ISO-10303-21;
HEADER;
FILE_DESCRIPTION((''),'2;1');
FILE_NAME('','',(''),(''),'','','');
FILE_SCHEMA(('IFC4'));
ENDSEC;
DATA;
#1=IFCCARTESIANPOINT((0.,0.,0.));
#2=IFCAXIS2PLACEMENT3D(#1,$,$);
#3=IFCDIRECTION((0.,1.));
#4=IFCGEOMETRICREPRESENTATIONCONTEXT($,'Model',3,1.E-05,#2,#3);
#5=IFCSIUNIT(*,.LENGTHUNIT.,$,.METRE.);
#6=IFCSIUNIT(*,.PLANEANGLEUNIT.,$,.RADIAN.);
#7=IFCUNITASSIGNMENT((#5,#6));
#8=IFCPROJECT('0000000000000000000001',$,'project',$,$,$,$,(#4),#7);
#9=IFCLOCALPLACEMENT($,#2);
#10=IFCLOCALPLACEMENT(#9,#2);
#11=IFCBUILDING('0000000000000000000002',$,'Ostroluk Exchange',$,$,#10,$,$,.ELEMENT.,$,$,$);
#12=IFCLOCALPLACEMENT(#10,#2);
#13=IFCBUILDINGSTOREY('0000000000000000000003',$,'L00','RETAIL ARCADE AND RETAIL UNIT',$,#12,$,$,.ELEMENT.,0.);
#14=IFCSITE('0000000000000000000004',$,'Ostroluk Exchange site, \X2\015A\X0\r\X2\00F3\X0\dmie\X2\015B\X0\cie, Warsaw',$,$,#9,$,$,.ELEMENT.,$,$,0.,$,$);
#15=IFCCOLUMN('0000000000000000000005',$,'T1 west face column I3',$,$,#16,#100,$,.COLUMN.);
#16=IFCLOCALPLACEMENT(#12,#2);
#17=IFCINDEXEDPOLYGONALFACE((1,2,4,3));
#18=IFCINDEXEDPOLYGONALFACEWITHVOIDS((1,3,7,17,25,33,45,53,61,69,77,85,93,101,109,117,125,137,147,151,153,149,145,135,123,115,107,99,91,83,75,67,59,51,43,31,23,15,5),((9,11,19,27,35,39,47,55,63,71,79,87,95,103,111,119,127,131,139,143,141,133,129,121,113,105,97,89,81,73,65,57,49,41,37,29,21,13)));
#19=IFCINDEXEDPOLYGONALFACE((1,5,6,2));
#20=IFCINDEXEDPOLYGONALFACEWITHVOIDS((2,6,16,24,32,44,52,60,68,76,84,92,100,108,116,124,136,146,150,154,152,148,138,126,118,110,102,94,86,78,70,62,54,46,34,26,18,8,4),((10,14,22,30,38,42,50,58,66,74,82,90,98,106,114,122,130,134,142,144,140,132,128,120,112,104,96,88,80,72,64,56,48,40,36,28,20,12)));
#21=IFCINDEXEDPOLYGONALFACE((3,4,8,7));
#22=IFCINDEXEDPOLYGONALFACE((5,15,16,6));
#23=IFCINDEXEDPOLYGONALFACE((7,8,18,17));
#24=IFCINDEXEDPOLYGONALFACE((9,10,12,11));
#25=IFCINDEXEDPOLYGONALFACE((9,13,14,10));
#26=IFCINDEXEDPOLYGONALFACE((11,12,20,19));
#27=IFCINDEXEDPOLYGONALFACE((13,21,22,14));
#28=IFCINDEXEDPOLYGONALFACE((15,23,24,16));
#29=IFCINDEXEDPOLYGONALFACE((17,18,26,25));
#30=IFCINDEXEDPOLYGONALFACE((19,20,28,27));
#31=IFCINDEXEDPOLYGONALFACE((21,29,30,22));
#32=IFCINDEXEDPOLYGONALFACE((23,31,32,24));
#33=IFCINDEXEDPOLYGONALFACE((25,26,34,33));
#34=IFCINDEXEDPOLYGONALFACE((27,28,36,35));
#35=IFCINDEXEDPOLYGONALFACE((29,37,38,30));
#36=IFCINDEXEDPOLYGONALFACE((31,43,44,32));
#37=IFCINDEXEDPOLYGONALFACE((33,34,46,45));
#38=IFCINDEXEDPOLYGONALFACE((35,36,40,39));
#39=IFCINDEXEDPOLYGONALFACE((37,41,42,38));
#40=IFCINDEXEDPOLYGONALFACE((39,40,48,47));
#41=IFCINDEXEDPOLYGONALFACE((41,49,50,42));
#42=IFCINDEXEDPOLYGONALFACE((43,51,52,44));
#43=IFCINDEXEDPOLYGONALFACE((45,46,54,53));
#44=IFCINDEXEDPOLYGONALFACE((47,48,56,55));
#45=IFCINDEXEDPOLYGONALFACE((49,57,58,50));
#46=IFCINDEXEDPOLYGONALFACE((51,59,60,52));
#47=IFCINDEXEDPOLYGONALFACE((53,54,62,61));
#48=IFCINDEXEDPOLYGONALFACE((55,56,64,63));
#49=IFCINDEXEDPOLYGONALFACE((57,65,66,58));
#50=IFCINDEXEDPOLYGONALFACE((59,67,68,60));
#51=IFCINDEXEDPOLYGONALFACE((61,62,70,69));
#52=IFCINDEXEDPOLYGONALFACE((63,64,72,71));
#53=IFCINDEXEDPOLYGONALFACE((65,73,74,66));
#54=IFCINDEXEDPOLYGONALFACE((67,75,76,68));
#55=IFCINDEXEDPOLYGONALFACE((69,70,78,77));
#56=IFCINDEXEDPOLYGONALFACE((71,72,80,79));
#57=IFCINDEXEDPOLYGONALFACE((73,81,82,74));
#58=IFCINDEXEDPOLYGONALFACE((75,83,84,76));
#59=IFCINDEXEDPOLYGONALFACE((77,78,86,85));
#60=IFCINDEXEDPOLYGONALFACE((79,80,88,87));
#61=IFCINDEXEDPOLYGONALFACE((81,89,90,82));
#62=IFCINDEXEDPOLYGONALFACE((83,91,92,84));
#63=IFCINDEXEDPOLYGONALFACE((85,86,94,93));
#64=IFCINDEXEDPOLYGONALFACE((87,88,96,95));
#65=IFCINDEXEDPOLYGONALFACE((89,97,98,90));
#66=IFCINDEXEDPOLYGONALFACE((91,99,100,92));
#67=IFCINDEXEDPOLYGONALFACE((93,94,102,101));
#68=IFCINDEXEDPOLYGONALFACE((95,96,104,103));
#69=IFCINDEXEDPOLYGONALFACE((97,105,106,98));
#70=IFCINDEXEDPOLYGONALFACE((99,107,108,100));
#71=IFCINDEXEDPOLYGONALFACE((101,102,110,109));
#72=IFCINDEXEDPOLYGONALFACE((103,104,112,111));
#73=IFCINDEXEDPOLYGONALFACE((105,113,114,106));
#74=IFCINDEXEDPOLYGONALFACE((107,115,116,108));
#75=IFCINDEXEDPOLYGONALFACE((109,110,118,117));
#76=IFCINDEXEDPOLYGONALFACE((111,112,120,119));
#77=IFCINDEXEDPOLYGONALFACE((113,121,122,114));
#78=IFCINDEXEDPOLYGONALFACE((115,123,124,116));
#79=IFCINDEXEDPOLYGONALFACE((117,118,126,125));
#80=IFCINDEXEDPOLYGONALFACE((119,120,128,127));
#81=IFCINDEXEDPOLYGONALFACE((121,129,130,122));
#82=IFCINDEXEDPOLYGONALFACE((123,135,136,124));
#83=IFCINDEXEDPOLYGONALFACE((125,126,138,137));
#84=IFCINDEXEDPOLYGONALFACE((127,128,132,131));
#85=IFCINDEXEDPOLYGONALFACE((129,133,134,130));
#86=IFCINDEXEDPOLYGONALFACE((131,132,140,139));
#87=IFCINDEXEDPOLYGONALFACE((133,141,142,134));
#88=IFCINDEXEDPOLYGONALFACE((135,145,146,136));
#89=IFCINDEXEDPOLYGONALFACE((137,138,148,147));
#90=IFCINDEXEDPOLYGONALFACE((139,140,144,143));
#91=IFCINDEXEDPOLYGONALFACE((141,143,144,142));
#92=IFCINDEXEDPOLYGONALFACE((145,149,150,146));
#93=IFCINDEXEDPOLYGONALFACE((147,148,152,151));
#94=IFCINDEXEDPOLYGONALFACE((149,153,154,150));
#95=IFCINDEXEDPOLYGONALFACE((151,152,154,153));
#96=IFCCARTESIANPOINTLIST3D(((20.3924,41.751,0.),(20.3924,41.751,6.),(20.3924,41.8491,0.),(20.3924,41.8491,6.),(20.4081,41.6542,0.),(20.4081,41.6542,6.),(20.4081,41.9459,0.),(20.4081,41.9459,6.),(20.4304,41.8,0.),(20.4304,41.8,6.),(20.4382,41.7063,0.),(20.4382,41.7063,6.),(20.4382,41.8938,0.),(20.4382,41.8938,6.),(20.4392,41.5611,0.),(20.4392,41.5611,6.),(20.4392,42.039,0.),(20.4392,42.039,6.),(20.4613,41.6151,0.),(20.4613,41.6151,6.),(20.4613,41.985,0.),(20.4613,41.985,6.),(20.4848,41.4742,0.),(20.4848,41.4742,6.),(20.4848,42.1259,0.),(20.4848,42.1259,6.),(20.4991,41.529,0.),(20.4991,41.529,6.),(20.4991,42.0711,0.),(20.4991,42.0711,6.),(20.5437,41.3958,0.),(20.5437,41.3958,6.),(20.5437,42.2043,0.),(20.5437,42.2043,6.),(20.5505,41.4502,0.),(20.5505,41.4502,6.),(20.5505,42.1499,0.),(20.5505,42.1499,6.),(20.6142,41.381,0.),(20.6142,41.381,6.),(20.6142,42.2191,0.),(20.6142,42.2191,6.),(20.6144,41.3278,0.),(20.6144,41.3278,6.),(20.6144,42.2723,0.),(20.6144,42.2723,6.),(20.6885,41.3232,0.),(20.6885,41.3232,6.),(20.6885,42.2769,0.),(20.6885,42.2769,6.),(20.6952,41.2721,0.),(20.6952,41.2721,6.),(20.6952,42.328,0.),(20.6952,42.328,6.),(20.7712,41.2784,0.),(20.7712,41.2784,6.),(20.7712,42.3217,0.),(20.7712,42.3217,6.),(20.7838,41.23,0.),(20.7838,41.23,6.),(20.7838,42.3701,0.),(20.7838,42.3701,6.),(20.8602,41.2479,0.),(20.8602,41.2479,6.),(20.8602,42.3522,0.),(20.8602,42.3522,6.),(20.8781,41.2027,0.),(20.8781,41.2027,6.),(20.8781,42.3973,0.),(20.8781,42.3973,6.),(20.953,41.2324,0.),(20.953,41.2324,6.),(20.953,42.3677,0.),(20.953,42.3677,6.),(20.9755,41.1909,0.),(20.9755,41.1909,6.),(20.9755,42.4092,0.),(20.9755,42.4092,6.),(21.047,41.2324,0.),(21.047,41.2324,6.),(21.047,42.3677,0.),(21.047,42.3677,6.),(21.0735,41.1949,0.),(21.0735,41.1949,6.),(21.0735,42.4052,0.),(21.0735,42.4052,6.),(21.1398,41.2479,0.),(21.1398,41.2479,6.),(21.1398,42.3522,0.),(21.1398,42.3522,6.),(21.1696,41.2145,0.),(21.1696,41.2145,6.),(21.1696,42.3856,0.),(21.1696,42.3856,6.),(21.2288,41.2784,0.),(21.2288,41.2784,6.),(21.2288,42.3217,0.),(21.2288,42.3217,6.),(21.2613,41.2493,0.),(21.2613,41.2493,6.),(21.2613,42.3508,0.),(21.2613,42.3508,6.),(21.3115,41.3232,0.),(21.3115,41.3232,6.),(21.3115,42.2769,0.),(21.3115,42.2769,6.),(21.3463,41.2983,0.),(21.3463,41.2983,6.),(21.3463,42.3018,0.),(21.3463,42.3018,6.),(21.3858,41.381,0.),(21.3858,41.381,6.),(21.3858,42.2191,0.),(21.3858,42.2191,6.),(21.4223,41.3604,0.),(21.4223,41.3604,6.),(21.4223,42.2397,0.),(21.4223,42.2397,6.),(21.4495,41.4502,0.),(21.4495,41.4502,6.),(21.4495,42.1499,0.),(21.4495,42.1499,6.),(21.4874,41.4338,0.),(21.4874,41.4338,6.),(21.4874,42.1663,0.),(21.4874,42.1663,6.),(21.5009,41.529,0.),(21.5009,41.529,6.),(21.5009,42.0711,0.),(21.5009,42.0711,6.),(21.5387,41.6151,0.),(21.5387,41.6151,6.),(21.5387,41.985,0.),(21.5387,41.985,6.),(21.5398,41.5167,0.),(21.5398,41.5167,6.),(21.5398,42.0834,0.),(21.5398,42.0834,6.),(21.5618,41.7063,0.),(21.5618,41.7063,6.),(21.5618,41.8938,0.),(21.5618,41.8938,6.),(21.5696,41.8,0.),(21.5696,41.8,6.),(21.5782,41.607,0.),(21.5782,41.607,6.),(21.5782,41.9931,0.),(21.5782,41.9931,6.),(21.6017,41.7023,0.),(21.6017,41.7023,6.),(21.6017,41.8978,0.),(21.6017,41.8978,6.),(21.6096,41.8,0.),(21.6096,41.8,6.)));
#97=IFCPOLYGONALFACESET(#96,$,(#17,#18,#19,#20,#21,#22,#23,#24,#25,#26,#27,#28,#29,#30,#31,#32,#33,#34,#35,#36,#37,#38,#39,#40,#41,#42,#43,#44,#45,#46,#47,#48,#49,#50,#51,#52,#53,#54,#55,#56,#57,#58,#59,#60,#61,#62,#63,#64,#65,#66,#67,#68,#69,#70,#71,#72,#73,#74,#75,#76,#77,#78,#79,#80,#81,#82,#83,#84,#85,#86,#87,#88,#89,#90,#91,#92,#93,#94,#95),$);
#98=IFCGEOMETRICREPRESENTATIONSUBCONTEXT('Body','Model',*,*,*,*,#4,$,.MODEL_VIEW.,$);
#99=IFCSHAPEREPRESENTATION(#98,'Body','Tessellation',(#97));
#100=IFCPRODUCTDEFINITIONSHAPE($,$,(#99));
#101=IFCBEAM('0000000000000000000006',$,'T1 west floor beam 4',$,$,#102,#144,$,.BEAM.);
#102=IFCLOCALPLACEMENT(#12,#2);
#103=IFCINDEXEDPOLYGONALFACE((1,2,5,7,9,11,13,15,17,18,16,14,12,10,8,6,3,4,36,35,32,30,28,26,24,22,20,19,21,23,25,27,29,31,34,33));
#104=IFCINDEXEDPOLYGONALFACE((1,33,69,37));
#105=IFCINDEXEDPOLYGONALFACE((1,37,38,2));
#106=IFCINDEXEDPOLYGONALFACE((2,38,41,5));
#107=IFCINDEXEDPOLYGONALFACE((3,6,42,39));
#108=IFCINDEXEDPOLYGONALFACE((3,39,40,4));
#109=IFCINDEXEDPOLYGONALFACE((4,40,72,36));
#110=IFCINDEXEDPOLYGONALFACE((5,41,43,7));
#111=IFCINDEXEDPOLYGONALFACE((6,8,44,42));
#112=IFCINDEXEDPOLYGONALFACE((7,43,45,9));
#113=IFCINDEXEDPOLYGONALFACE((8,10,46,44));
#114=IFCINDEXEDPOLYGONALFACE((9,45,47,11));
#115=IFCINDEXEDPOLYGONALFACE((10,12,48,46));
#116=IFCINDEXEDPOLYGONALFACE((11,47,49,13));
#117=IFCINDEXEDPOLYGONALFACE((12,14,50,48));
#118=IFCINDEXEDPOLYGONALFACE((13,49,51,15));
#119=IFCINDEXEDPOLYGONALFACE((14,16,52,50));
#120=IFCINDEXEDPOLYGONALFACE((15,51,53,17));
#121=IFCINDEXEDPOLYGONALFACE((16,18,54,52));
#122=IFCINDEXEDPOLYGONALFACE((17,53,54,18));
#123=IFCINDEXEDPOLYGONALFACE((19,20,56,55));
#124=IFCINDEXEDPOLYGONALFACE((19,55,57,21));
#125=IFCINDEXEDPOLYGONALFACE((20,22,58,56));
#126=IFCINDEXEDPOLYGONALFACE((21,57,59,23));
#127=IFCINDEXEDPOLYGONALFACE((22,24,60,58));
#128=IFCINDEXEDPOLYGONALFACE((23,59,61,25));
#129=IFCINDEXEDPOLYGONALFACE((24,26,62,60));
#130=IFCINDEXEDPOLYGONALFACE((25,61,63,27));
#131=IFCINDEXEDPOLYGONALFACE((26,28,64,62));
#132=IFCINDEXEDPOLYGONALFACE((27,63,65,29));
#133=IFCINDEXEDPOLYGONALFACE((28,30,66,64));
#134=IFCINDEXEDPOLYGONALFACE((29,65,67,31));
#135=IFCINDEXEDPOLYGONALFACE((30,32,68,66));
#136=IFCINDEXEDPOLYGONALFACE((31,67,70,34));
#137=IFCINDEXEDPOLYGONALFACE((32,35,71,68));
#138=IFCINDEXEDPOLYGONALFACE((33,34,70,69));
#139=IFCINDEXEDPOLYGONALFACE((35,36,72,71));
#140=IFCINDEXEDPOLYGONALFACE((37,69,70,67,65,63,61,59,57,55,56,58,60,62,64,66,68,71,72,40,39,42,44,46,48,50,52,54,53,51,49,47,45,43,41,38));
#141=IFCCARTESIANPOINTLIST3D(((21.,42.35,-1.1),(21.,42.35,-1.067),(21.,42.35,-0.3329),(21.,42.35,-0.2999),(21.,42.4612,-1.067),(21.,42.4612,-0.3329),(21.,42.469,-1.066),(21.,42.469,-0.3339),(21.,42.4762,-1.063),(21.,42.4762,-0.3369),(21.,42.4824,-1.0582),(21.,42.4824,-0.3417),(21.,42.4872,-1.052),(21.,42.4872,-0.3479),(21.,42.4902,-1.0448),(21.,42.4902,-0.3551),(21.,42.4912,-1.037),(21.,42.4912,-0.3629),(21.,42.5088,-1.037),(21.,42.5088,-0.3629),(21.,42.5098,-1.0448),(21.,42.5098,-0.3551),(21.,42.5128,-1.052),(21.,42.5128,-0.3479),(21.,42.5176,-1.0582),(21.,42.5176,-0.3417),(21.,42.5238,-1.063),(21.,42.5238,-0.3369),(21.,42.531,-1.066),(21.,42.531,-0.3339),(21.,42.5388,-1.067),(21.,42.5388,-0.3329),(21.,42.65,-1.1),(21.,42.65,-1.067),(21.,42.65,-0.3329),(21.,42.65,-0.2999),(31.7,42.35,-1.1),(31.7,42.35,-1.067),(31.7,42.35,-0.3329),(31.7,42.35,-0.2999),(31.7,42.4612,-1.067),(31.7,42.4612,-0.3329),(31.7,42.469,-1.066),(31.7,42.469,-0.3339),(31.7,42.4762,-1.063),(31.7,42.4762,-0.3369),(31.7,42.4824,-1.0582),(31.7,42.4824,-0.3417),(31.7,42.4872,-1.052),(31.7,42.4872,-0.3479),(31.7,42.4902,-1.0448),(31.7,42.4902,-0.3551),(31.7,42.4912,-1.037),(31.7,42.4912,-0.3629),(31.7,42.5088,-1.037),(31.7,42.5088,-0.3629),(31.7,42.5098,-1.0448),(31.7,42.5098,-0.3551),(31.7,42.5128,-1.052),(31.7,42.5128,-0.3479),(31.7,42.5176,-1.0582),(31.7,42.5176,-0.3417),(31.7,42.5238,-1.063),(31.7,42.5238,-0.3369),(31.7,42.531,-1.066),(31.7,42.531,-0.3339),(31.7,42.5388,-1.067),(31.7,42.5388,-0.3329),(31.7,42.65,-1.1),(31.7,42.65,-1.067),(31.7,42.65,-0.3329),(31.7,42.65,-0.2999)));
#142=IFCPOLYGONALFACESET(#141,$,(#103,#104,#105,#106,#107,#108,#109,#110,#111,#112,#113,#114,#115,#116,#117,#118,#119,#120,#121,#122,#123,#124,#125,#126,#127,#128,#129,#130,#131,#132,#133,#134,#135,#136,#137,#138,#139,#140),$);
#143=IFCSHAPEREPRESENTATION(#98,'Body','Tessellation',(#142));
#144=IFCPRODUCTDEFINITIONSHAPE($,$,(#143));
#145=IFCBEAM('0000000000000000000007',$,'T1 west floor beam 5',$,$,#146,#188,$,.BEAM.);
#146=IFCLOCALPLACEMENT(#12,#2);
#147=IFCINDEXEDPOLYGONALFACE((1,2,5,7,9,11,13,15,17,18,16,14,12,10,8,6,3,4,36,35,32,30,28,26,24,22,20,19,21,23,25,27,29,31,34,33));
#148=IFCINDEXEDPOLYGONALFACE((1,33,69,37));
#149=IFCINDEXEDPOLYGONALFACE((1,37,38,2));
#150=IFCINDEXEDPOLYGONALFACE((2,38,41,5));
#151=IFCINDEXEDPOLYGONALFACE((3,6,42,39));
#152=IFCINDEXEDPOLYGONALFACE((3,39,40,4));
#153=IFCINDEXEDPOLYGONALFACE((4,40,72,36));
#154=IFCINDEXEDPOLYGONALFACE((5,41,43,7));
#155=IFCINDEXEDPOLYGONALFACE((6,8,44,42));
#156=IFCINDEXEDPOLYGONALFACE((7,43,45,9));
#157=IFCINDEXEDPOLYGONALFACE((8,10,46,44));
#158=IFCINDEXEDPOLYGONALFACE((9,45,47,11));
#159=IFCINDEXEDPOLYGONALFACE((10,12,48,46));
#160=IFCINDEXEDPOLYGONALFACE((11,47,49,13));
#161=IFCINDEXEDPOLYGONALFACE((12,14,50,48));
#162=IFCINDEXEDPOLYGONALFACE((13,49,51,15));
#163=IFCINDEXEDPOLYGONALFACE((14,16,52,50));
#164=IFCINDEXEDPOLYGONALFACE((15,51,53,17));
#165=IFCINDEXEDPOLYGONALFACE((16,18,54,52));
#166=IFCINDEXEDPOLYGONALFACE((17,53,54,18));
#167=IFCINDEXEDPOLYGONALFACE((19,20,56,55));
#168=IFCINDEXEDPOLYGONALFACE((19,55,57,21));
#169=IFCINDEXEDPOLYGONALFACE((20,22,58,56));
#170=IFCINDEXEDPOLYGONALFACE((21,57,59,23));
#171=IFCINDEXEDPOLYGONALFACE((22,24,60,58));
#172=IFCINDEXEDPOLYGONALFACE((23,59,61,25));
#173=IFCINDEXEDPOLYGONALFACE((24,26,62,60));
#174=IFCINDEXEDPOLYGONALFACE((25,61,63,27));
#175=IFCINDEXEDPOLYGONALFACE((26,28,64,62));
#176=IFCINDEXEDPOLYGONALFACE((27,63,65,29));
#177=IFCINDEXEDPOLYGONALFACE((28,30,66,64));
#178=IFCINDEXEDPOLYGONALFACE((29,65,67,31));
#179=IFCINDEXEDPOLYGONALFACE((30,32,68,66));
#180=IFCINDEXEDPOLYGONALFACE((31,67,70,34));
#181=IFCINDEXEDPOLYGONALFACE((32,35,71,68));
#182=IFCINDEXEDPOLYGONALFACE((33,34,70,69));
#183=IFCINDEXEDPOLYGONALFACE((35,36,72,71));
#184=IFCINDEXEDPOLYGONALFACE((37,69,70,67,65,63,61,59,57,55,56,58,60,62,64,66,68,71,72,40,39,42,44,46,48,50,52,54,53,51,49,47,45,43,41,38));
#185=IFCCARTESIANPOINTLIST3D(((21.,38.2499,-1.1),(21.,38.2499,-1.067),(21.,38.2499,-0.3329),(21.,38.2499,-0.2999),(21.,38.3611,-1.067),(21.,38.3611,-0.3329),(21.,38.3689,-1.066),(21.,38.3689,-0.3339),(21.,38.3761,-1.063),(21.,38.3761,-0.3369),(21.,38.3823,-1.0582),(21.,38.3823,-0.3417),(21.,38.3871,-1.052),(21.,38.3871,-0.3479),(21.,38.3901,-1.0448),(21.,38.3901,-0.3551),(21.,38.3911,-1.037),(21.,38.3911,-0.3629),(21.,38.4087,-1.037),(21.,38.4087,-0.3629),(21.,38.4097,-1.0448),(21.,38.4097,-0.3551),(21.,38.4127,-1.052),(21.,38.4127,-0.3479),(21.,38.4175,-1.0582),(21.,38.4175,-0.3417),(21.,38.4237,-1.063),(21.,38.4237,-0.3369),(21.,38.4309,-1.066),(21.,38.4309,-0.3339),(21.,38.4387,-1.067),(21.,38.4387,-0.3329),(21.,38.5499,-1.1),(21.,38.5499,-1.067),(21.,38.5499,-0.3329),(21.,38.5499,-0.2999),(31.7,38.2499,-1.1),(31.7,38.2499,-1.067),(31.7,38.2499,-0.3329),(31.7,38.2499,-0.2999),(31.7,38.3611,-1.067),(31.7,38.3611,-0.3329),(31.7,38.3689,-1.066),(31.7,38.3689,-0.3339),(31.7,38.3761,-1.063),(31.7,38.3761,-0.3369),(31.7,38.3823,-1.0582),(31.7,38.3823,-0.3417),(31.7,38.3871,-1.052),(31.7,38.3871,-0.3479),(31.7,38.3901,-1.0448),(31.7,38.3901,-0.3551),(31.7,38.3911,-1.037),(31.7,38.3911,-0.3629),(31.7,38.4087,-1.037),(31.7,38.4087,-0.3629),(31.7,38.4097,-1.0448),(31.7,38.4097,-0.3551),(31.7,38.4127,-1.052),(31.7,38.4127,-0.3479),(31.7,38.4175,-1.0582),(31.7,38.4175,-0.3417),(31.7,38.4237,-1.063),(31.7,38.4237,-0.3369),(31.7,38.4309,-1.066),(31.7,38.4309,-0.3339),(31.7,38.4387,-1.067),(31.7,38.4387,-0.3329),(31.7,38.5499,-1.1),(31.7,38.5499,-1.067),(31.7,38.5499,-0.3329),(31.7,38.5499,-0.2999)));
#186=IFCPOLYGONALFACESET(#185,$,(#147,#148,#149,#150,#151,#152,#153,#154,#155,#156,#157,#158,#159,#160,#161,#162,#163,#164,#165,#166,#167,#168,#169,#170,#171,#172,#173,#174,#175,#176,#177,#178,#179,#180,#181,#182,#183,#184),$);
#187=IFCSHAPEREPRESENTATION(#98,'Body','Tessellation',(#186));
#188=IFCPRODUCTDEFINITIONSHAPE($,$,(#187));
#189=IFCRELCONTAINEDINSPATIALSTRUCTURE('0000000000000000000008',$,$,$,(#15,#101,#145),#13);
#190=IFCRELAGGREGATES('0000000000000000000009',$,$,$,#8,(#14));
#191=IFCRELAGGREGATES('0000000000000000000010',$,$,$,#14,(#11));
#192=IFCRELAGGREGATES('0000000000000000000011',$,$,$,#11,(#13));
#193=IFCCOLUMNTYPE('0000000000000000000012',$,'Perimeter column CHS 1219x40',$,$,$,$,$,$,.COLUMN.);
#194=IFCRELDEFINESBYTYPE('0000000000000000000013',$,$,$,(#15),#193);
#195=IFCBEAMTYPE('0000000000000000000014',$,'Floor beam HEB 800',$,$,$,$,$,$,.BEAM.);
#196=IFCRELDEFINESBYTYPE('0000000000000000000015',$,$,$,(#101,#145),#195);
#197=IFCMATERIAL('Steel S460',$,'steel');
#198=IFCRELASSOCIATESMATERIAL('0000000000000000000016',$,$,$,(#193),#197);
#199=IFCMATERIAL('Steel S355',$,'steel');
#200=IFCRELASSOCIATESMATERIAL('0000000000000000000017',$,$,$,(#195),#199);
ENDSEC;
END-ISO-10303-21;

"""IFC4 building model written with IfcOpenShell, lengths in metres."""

from ifc_helpers import new_model, si_unit, direction, frame, origin, origin_2d, place, context, subcontext, project, spatial, hollow_circle, i_section, extrude, material, material_profile, profile_set, type_object, element, save


model = new_model("IFC4")

# Units and contexts
model_context = context("Model", 3, precision=1e-05, world=origin(), true_north=direction((0.0, 1.0)))
body_context = subcontext(model_context, "Body", "Model", "MODEL_VIEW")
ifc_project = project(units=[si_unit("LENGTHUNIT", "METRE"), si_unit("PLANEANGLEUNIT", "RADIAN")], contexts=[model_context])

# Site, building, storey
site_placement = place(None, origin())
site = spatial("IfcSite", under=ifc_project, at=site_placement, Name="Ostroluk Exchange site, Śródmieście, Warsaw", CompositionType="ELEMENT", RefElevation=0.0)
building_placement = place(site_placement, origin())
building = spatial("IfcBuilding", under=site, at=building_placement, Name="Ostroluk Exchange", CompositionType="ELEMENT")
storey_placement = place(building_placement, origin())
storey = spatial("IfcBuildingStorey", under=building, at=storey_placement, Name="L00", Description="RETAIL ARCADE AND RETAIL UNIT", CompositionType="ELEMENT", Elevation=0.0)

# Column
ifc_material_1 = material(Name="Steel S460", Category="steel")
ifc_material_profile_1 = material_profile(ifc_material_1, hollow_circle(Radius=0.6096, WallThickness=0.04, at=origin_2d()), Name="CHS 1219x40")
ifc_profile_set_1 = profile_set([ifc_material_profile_1], Name="Steel S460")
column_type = type_object("IfcColumnType", Name="Perimeter column CHS 1219x40", PredefinedType="COLUMN", material=ifc_profile_set_1)
column_placement = place(storey_placement, frame((21.0, 41.8, 0.0), z_axis=(0.0, 0.0, 1.0), x_axis=(1.0, 0.0, 0.0)))
element("IfcColumn", 1, at=column_placement, inside=storey, type_object=column_type, Name="T1 west face column I3", PredefinedType="COLUMN", context=body_context, shape_type="SweptSolid", body=[
    extrude(hollow_circle(Radius=0.6096, WallThickness=0.04, at=origin_2d()), origin(), (0.0, 0.0, 1.0), 6.0),
])

# Beams
ifc_material_2 = material(Name="Steel S355", Category="steel")
ifc_material_profile_2 = material_profile(ifc_material_2, i_section(OverallWidth=0.3, OverallDepth=0.8, WebThickness=0.0176, FlangeThickness=0.033, FilletRadius=0.03, at=origin_2d()), Name="HEB 800")
ifc_profile_set_2 = profile_set([ifc_material_profile_2], Name="Steel S355")
beam_type_1 = type_object("IfcBeamType", Name="Floor beam HEB 800", PredefinedType="BEAM", material=ifc_profile_set_2)
for number, where, z_axis, x_axis, name in (
    (2, (31.7, 42.5, -0.7), (-1.0, 0.0, 0.0), (0.0, -1.0, 0.0), "T1 west floor beam 4"),
    (3, (31.7, 38.3999, -0.7), (-1.0, 0.0, 0.0), (0.0, -1.0, 0.0), "T1 west floor beam 5"),
):
    element("IfcBeam", number, at=place(storey_placement, frame(where, z_axis=z_axis, x_axis=x_axis)), inside=storey, type_object=beam_type_1, Name=name, PredefinedType="BEAM", context=body_context, shape_type="SweptSolid", body=[
        extrude(i_section(OverallWidth=0.3, OverallDepth=0.8, WebThickness=0.0176, FlangeThickness=0.033, FilletRadius=0.03, at=origin_2d()), origin(), (0.0, 0.0, 1.0), 10.7),
    ])

save(model, "model.ifc")
